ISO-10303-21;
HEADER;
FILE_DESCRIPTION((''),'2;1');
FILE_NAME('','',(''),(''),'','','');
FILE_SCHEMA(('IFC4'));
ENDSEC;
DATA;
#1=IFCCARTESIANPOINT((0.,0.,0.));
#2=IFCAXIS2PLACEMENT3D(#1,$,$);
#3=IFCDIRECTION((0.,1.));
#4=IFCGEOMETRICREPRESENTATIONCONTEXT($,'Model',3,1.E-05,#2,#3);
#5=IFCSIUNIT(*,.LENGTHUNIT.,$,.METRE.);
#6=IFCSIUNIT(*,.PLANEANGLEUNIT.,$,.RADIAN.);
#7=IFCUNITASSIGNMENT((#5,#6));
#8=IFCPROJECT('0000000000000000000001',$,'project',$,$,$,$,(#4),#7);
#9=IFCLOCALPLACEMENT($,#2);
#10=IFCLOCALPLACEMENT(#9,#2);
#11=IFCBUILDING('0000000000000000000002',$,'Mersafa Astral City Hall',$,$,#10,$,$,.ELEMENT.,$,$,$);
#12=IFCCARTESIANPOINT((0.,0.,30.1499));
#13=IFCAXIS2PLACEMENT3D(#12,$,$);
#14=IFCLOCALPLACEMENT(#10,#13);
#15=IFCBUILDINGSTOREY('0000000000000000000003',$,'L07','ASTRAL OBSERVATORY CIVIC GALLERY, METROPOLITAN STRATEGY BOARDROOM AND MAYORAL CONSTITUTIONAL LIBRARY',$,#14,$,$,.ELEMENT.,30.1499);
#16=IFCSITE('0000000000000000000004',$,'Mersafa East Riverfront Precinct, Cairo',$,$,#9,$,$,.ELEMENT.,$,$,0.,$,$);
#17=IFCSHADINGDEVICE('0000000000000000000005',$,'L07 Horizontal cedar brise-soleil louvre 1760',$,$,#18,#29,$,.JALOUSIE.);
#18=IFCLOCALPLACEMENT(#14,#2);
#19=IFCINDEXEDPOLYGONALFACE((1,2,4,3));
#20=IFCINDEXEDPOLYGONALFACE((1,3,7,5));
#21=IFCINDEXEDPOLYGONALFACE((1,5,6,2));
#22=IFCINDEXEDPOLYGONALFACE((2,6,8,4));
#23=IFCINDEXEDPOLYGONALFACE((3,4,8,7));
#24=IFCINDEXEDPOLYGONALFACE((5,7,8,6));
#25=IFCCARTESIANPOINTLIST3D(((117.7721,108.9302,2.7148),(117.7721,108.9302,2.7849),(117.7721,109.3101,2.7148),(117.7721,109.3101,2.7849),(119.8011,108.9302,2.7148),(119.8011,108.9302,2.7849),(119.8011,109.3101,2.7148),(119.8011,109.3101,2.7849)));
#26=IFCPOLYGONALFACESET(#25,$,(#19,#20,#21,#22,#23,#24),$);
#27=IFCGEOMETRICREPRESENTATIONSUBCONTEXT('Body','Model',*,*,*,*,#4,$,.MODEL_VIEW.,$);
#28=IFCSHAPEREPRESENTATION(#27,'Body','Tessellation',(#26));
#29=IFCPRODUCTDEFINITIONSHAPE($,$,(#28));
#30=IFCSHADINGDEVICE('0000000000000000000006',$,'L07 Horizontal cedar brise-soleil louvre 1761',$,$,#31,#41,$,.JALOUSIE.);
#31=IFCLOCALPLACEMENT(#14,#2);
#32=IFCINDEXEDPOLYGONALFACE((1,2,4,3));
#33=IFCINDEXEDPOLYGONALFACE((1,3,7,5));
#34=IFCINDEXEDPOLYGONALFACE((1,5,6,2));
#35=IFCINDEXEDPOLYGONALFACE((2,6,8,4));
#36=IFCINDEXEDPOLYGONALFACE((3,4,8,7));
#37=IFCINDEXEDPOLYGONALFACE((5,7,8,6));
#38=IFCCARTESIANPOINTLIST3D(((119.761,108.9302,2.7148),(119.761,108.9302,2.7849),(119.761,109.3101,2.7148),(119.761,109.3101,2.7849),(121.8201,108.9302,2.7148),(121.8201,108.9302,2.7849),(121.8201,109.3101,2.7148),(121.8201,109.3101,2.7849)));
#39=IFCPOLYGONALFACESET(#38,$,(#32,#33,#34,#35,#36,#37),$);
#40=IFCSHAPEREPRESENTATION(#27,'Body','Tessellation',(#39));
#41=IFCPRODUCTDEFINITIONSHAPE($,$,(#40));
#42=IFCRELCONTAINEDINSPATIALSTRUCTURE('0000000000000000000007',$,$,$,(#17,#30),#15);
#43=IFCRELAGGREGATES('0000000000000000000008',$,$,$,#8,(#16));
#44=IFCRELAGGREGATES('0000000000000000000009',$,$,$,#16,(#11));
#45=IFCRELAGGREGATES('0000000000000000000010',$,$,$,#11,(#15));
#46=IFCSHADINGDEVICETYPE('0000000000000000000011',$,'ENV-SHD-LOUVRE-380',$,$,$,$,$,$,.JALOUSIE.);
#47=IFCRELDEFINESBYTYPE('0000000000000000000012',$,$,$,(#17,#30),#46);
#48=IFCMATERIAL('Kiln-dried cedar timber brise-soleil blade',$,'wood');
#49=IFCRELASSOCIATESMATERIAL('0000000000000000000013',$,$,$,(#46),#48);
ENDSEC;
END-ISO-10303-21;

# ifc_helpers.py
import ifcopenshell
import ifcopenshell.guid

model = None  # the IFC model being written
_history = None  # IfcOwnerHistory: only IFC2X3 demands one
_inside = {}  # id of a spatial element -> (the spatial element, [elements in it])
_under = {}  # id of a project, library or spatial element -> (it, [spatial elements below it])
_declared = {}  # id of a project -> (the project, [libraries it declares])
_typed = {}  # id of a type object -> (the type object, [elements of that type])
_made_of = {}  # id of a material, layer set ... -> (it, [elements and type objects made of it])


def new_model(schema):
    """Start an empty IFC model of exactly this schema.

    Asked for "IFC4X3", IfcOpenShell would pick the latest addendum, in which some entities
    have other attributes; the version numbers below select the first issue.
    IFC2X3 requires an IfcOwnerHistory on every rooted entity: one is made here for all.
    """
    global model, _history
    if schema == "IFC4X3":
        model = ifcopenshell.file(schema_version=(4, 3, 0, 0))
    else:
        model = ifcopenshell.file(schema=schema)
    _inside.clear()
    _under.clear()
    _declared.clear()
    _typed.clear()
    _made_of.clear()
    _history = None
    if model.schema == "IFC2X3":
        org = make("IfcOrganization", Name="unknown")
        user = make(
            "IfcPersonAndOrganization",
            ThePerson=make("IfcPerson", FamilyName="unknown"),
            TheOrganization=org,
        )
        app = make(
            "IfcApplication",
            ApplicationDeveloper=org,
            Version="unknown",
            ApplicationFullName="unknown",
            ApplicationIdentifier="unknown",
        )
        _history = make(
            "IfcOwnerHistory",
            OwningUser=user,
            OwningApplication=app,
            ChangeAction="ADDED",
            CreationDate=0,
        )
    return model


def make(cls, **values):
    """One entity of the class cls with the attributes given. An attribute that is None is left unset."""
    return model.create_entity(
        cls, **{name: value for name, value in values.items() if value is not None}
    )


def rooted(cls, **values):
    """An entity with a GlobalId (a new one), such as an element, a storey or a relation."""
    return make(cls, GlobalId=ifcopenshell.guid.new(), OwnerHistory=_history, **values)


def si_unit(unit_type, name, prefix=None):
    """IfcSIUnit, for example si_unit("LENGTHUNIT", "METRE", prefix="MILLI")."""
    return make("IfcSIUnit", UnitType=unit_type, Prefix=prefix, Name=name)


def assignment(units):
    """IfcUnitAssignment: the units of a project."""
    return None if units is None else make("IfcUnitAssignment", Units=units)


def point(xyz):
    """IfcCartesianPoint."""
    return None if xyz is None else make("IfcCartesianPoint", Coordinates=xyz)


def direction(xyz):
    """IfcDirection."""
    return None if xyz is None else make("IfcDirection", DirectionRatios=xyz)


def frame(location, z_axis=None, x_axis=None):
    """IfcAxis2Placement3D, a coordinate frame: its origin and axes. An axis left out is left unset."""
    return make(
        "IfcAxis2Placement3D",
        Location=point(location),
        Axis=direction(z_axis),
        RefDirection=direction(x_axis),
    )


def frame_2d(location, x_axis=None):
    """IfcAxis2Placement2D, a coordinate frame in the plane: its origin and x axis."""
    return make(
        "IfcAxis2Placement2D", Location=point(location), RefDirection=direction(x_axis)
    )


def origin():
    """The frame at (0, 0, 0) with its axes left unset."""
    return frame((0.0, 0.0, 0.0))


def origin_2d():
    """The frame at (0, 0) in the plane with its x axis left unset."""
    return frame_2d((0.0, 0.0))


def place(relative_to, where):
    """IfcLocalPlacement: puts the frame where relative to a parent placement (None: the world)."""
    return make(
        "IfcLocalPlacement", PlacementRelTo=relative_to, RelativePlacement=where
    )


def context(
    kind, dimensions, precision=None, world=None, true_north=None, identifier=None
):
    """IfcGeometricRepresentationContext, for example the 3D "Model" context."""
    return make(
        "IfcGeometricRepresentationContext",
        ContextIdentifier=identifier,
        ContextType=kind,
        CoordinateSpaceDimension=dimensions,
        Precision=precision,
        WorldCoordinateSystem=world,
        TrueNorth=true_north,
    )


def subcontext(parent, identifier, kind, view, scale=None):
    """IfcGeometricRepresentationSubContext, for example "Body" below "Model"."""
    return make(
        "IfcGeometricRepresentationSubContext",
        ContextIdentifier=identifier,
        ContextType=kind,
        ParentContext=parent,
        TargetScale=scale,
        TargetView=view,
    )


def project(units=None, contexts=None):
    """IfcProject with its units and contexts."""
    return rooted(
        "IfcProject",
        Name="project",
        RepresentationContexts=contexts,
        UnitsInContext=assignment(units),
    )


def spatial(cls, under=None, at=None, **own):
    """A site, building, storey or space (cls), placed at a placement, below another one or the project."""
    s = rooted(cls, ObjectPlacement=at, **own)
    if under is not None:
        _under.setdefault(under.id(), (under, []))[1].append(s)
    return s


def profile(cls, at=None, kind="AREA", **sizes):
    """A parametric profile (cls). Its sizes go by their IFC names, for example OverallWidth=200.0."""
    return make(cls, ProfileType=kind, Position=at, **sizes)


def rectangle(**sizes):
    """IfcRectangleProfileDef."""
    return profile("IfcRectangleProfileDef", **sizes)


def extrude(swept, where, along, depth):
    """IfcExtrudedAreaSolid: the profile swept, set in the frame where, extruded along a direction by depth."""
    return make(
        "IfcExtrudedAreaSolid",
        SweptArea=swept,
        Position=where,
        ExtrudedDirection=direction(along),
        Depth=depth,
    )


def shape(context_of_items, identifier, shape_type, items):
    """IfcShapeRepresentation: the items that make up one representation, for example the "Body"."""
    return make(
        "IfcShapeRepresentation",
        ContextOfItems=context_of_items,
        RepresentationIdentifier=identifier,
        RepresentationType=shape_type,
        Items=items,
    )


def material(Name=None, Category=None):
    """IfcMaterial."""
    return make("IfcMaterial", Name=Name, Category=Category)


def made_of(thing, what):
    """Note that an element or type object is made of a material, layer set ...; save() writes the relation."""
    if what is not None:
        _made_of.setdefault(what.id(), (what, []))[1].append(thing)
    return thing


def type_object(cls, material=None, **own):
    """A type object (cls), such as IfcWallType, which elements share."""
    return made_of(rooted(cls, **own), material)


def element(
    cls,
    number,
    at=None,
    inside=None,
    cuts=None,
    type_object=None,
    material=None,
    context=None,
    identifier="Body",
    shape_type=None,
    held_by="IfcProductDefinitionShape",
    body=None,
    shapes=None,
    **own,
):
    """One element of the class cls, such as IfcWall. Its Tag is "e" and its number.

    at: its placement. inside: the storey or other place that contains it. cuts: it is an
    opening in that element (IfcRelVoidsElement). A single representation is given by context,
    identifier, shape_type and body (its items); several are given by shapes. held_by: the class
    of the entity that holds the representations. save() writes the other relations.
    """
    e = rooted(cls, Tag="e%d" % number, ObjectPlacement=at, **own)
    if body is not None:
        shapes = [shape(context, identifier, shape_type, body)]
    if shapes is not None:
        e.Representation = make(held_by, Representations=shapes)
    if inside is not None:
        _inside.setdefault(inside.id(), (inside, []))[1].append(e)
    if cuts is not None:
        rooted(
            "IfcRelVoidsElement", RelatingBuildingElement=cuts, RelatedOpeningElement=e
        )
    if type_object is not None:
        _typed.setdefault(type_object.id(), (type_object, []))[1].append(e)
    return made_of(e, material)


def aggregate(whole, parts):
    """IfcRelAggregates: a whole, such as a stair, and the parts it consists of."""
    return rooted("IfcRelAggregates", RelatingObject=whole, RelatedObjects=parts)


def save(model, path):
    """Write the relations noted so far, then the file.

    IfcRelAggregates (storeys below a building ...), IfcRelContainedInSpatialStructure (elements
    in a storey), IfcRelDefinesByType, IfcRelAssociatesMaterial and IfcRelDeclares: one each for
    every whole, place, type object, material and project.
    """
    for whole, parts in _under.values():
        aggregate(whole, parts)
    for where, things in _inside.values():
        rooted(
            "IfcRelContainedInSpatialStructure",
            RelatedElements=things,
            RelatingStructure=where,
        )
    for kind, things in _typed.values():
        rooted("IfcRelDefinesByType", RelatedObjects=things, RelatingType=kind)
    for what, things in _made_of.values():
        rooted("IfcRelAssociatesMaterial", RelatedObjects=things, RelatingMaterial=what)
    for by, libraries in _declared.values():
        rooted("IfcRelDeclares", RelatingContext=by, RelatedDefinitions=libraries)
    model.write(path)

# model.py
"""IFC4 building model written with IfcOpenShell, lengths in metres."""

from ifc_helpers import new_model, si_unit, direction, frame, origin, origin_2d, place, context, subcontext, project, spatial, rectangle, extrude, material, type_object, element, save


model = new_model("IFC4")

# Units and contexts
model_context = context("Model", 3, precision=1e-05, world=origin(), true_north=direction((0.0, 1.0)))
body_context = subcontext(model_context, "Body", "Model", "MODEL_VIEW")
ifc_project = project(units=[si_unit("LENGTHUNIT", "METRE"), si_unit("PLANEANGLEUNIT", "RADIAN")], contexts=[model_context])

# Site, building, storey
site_placement = place(None, origin())
site = spatial("IfcSite", under=ifc_project, at=site_placement, Name="Mersafa East Riverfront Precinct, Cairo", CompositionType="ELEMENT", RefElevation=0.0)
building_placement = place(site_placement, origin())
building = spatial("IfcBuilding", under=site, at=building_placement, Name="Mersafa Astral City Hall", CompositionType="ELEMENT")
storey_placement = place(building_placement, frame((0.0, 0.0, 30.1499)))
storey = spatial("IfcBuildingStorey", under=building, at=storey_placement, Name="L07", Description="ASTRAL OBSERVATORY CIVIC GALLERY, METROPOLITAN STRATEGY BOARDROOM AND MAYORAL CONSTITUTIONAL LIBRARY", CompositionType="ELEMENT", Elevation=30.1499)

# Shading devices
ifc_material_1 = material(Name="Kiln-dried cedar timber brise-soleil blade", Category="wood")
shading_device_type = type_object("IfcShadingDeviceType", Name="ENV-SHD-LOUVRE-380", PredefinedType="JALOUSIE", material=ifc_material_1)
shading_device_1_placement = place(storey_placement, frame((118.7866, 109.1201, 2.7148), z_axis=(0.0, 0.0, 1.0), x_axis=(1.0, 0.0, 0.0)))
element("IfcShadingDevice", 1, at=shading_device_1_placement, inside=storey, type_object=shading_device_type, Name="L07 Horizontal cedar brise-soleil louvre 1760", PredefinedType="JALOUSIE", context=body_context, shape_type="SweptSolid", body=[
    extrude(rectangle(XDim=2.0291, YDim=0.3799, at=origin_2d()), origin(), (0.0, 0.0, 1.0), 0.0701),
])
shading_device_2_placement = place(storey_placement, frame((120.7905, 109.1201, 2.7148), z_axis=(0.0, 0.0, 1.0), x_axis=(1.0, 0.0, 0.0)))
element("IfcShadingDevice", 2, at=shading_device_2_placement, inside=storey, type_object=shading_device_type, Name="L07 Horizontal cedar brise-soleil louvre 1761", PredefinedType="JALOUSIE", context=body_context, shape_type="SweptSolid", body=[
    extrude(rectangle(XDim=2.0591, YDim=0.3799, at=origin_2d()), origin(), (0.0, 0.0, 1.0), 0.0701),
])

save(model, "model.ifc")
